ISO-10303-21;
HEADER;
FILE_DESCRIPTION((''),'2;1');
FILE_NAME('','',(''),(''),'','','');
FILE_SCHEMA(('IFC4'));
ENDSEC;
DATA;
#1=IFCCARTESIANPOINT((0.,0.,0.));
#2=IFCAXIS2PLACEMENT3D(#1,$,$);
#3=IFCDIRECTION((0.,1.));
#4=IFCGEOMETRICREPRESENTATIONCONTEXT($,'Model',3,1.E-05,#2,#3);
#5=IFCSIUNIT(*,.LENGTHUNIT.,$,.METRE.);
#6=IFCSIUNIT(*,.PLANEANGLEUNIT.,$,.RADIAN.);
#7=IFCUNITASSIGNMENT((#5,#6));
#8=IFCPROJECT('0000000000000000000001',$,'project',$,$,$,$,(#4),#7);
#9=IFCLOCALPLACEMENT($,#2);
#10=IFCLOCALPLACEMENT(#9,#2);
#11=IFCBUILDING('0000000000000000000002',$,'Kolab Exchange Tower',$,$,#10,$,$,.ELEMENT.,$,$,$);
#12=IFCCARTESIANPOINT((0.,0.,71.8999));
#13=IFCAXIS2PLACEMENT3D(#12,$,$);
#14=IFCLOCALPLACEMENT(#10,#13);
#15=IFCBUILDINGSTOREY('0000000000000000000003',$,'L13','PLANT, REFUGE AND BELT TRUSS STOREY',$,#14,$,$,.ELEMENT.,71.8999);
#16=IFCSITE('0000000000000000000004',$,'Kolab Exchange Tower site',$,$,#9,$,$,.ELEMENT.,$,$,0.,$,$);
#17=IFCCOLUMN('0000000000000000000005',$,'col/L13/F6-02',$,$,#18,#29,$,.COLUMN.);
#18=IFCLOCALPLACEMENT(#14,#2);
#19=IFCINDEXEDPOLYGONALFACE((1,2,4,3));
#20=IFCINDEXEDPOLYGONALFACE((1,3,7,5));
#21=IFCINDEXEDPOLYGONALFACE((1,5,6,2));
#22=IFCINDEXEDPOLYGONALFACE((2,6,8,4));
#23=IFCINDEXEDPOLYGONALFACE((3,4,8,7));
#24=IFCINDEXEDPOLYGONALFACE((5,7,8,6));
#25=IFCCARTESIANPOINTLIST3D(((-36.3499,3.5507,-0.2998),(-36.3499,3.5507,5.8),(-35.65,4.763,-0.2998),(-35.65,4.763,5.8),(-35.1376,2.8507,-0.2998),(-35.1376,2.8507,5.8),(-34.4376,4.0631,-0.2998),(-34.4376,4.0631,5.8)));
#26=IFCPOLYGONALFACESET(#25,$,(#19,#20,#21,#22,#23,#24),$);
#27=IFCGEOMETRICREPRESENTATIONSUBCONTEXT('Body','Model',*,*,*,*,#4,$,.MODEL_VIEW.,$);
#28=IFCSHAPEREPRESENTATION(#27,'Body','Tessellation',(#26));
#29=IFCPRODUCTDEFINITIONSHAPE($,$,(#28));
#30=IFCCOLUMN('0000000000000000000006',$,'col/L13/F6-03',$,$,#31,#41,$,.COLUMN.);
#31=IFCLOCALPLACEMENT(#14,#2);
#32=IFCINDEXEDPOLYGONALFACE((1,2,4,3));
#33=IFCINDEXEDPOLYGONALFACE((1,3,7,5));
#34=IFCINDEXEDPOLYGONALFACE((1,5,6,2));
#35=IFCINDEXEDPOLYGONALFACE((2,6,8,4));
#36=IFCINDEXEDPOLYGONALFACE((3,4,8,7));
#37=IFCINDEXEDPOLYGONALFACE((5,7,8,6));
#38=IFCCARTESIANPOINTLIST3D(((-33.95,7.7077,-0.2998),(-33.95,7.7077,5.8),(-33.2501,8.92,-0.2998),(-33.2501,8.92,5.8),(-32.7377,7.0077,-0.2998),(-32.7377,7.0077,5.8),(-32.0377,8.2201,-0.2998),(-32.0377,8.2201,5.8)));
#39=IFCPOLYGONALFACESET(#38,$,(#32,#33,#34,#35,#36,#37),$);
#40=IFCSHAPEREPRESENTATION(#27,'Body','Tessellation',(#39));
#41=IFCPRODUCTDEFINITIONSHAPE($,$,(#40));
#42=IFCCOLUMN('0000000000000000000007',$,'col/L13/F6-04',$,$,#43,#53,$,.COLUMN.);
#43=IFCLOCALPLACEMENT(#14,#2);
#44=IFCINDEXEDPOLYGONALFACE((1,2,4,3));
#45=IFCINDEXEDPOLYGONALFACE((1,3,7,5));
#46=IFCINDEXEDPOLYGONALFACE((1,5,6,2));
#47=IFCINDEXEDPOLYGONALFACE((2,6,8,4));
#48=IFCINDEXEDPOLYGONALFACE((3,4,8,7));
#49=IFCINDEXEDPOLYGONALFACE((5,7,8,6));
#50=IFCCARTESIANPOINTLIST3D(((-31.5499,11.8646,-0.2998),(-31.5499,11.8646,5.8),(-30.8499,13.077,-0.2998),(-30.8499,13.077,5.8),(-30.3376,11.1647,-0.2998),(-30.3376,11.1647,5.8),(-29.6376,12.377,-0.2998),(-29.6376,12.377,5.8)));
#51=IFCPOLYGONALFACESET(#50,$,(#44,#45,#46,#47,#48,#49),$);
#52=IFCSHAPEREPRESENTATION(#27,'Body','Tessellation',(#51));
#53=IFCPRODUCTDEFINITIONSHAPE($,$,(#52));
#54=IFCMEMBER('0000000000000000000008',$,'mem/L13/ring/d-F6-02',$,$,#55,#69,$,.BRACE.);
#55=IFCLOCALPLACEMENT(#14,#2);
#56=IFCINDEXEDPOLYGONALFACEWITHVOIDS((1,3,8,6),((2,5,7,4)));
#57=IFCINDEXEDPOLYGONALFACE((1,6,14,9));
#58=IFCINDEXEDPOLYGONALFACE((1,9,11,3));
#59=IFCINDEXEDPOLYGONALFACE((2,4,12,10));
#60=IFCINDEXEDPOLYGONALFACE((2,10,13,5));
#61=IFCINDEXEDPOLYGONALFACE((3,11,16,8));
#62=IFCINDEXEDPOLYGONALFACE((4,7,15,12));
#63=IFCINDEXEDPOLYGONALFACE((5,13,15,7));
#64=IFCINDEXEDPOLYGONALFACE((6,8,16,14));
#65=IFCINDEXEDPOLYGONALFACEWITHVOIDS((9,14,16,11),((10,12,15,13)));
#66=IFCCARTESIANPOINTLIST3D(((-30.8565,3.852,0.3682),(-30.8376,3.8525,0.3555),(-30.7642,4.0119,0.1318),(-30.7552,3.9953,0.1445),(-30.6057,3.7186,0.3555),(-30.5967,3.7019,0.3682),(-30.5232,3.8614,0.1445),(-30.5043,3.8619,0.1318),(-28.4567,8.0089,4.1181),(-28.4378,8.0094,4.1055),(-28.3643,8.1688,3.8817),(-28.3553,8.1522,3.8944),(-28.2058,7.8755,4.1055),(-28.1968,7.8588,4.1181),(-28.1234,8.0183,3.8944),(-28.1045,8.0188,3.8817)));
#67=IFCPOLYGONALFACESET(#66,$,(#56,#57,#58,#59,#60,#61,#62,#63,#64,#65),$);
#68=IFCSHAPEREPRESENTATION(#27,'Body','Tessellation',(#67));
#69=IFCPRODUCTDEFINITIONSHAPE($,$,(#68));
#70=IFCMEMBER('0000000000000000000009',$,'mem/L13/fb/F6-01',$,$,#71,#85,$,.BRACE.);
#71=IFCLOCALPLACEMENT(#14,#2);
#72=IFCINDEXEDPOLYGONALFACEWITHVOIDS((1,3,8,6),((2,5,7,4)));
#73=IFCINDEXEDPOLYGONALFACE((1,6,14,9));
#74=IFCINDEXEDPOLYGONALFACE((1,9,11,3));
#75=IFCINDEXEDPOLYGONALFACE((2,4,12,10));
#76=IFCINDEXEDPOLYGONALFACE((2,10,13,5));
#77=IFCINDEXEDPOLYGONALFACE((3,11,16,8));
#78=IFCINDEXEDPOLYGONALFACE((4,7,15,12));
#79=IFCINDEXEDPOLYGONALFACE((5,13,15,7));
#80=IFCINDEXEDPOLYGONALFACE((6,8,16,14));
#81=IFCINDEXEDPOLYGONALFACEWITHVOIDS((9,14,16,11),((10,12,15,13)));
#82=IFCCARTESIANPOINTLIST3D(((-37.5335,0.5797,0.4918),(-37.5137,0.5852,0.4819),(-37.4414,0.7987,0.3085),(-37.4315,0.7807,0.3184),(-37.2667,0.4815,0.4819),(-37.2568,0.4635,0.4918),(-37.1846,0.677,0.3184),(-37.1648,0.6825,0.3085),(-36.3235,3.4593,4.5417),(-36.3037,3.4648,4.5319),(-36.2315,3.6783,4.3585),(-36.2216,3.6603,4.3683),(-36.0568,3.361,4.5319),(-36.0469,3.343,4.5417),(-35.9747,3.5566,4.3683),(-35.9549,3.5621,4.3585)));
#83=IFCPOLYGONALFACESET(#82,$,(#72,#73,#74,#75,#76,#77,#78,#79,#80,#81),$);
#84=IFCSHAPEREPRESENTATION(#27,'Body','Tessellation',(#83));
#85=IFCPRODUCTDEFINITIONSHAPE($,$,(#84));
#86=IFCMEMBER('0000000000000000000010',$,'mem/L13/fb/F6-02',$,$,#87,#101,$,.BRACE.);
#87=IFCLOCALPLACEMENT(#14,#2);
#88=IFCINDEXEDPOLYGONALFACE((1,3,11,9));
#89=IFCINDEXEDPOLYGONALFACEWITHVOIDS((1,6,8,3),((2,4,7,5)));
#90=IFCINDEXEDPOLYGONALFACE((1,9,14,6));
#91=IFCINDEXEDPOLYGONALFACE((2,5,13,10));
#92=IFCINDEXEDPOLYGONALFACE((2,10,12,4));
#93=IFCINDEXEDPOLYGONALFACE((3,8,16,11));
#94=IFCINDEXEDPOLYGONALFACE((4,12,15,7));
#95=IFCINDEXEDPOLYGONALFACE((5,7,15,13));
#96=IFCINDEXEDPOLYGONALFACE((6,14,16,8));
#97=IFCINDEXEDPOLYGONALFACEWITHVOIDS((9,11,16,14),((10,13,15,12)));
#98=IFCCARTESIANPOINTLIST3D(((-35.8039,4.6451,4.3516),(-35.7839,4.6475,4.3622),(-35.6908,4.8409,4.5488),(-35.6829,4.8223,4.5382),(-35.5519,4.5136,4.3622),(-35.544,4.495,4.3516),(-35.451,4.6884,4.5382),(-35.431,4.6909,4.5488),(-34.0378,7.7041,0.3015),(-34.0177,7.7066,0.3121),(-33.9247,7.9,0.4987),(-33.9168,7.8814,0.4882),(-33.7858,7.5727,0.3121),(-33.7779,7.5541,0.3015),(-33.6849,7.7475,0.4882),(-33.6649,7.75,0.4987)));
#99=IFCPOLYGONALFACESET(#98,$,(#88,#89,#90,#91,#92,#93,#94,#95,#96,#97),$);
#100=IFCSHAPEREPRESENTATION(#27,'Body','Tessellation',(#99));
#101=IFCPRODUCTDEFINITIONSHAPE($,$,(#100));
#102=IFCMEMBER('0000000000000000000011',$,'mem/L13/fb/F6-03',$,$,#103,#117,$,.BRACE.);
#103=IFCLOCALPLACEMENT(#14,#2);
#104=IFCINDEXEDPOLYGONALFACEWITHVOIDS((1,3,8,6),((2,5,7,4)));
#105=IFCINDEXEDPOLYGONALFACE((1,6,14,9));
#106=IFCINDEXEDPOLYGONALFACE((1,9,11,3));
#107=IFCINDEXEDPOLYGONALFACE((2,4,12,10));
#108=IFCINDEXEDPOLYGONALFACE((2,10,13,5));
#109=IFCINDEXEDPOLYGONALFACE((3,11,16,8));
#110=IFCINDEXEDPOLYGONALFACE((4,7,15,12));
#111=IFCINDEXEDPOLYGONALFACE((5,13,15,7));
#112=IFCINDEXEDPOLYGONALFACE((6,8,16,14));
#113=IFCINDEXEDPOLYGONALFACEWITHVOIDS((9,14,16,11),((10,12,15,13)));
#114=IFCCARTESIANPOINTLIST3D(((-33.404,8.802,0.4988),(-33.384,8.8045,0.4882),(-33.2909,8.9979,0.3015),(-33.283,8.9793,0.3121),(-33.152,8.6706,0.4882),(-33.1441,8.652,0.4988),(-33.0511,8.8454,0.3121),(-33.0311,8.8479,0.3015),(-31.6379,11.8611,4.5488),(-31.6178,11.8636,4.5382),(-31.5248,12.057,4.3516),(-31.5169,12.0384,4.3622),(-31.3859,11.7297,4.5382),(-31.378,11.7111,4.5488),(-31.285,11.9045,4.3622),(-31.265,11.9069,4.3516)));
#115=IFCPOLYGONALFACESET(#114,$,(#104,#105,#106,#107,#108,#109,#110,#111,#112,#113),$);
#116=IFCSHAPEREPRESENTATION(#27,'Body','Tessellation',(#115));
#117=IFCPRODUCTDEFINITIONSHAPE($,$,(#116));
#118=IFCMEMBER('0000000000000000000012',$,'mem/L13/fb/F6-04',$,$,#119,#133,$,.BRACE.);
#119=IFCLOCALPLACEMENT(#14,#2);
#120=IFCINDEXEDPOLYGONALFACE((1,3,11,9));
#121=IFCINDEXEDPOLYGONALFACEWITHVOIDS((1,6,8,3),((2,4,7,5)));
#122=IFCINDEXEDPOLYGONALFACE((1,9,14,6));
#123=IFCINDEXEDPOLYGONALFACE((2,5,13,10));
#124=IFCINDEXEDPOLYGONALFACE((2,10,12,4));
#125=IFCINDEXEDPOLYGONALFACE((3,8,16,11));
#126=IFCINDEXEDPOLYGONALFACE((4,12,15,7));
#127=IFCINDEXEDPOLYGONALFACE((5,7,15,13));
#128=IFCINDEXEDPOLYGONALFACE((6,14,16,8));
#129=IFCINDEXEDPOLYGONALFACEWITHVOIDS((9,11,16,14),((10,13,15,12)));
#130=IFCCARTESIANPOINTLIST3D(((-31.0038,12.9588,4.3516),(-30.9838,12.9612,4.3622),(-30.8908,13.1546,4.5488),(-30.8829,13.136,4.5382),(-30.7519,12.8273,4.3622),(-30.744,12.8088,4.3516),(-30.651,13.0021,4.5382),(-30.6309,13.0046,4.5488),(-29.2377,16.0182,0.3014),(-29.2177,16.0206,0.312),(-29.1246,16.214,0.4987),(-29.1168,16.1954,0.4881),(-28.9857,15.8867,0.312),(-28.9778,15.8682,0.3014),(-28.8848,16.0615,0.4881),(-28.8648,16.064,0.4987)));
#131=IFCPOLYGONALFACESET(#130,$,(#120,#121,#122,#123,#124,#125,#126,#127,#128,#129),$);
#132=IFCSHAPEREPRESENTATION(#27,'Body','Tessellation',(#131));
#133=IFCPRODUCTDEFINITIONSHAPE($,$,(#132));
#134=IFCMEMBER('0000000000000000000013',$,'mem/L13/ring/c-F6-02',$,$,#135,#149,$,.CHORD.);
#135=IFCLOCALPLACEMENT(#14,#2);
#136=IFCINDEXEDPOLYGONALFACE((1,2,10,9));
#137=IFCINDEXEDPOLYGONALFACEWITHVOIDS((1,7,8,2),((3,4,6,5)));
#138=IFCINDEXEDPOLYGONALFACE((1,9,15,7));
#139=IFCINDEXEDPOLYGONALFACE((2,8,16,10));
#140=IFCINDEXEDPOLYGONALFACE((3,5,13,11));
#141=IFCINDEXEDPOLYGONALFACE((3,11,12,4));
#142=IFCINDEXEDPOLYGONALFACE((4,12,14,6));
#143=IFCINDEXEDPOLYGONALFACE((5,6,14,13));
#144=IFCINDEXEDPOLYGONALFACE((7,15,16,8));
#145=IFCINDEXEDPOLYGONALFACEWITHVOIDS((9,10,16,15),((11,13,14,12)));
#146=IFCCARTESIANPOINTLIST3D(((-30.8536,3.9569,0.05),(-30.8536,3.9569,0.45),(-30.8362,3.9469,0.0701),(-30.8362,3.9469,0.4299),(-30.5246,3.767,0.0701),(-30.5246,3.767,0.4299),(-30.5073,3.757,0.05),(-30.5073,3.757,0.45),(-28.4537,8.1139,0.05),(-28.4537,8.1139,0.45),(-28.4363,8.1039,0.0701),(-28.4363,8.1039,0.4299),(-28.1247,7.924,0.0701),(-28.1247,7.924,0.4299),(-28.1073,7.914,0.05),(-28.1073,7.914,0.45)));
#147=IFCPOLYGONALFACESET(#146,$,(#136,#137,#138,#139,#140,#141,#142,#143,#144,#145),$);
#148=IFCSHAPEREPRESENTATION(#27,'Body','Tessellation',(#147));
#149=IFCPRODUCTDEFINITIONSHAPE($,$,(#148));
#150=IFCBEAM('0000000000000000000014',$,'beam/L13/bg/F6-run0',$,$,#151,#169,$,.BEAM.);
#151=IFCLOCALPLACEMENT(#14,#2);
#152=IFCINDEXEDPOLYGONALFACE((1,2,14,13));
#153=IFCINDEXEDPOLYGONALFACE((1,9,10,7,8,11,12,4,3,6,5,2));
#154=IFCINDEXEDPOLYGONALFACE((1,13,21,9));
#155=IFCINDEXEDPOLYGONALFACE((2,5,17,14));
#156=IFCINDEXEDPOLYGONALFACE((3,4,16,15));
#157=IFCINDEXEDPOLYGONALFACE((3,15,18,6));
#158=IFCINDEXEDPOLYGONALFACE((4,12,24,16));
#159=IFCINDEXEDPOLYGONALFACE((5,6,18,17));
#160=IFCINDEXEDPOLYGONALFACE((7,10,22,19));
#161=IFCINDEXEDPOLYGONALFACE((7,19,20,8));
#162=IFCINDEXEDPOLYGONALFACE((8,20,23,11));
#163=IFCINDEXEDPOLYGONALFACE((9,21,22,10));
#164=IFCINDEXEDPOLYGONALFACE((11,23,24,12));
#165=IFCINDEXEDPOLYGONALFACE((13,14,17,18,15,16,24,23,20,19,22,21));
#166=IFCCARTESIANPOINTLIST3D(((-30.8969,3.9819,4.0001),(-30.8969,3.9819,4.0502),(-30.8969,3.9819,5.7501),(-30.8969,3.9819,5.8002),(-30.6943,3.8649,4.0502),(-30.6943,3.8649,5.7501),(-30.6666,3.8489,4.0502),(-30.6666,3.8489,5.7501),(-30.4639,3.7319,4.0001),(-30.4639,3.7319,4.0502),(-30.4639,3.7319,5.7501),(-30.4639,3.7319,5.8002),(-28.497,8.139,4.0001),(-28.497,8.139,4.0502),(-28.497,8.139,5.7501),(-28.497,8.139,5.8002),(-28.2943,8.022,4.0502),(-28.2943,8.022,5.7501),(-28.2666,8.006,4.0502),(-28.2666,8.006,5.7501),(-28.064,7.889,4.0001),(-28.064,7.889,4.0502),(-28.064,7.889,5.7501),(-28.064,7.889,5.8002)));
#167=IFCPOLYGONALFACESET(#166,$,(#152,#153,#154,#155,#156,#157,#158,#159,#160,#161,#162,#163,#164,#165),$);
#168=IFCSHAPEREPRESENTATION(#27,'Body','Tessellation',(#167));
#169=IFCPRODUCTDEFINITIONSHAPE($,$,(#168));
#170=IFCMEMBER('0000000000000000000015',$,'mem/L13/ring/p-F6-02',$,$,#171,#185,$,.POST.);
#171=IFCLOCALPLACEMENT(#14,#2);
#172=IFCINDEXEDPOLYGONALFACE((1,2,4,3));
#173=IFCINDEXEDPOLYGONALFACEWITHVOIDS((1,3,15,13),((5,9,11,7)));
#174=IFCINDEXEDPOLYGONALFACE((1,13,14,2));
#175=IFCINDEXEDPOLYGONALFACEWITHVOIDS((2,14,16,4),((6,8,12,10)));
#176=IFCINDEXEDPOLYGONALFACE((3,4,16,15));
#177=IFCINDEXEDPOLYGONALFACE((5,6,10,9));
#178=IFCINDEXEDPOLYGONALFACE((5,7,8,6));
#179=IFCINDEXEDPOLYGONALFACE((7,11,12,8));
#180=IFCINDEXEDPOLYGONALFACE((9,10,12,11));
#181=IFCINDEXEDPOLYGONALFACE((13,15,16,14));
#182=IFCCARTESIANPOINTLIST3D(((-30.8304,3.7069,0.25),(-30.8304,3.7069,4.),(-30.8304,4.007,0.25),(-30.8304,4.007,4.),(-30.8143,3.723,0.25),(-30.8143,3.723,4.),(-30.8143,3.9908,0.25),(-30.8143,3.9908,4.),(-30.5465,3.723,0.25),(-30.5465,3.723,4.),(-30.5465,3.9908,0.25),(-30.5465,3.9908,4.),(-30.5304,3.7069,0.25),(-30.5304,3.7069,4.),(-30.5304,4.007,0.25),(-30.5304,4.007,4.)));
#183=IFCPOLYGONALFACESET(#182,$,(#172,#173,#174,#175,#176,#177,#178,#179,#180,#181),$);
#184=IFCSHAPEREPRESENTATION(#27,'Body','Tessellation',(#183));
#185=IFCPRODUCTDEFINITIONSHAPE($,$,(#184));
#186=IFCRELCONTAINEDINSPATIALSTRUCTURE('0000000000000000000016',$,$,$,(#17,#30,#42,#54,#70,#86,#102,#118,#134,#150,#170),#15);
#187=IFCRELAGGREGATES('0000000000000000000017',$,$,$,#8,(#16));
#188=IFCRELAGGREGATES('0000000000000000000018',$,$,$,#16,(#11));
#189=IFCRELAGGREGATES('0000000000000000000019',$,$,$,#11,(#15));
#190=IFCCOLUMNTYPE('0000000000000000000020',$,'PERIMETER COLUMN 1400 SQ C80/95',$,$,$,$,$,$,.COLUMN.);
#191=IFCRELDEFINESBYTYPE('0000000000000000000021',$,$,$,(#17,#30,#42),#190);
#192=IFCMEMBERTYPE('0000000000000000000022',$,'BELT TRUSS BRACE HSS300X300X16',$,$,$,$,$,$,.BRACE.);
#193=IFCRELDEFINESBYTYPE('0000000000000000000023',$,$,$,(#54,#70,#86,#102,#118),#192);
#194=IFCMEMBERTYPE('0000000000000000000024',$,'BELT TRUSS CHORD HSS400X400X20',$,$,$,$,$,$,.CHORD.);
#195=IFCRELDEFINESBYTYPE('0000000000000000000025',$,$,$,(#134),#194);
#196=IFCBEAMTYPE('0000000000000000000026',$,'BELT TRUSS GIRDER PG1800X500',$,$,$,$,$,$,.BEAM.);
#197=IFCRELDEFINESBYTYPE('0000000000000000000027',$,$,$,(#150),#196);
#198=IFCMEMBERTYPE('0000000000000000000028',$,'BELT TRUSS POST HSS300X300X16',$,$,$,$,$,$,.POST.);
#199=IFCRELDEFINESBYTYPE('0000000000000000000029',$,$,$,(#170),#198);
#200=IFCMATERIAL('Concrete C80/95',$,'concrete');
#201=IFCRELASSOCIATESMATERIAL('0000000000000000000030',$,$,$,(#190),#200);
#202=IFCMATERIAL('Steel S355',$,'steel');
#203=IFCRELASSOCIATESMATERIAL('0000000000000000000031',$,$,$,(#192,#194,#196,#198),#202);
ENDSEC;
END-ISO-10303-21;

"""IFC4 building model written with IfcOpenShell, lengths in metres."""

from ifc_helpers import new_model, si_unit, direction, frame, origin, origin_2d, place, context, subcontext, project, spatial, rectangle, hollow_rectangle, i_section, extrude, material, material_profile, profile_set, type_object, element, save


model = new_model("IFC4")

# Units and contexts
model_context = context("Model", 3, precision=1e-05, world=origin(), true_north=direction((0.0, 1.0)))
body_context = subcontext(model_context, "Body", "Model", "MODEL_VIEW")
ifc_project = project(units=[si_unit("LENGTHUNIT", "METRE"), si_unit("PLANEANGLEUNIT", "RADIAN")], contexts=[model_context])

# Site, building, storey
site_placement = place(None, origin())
site = spatial("IfcSite", under=ifc_project, at=site_placement, Name="Kolab Exchange Tower site", CompositionType="ELEMENT", RefElevation=0.0)
building_placement = place(site_placement, origin())
building = spatial("IfcBuilding", under=site, at=building_placement, Name="Kolab Exchange Tower", CompositionType="ELEMENT")
storey_placement = place(building_placement, frame((0.0, 0.0, 71.8999)))
storey = spatial("IfcBuildingStorey", under=building, at=storey_placement, Name="L13", Description="PLANT, REFUGE AND BELT TRUSS STOREY", CompositionType="ELEMENT", Elevation=71.8999)

# Columns
ifc_material_1 = material(Name="Concrete C80/95", Category="concrete")
ifc_material_profile_1 = material_profile(ifc_material_1, rectangle(XDim=1.3999, YDim=1.3999, at=origin_2d()), Name="RC1400")
ifc_profile_set_1 = profile_set([ifc_material_profile_1], Name="Concrete C80/95")
column_type = type_object("IfcColumnType", Name="PERIMETER COLUMN 1400 SQ C80/95", PredefinedType="COLUMN", material=ifc_profile_set_1)
for number, where, z_axis, x_axis, name in (
    (1, (-35.3938, 3.8069, -0.2998), (0.0, 0.0, 1.0), (0.5, 0.866025, 0.0), "col/L13/F6-02"),
    (2, (-32.9939, 7.9639, -0.2998), (0.0, 0.0, 1.0), (0.5, 0.866025, 0.0), "col/L13/F6-03"),
    (3, (-30.5938, 12.1208, -0.2998), (0.0, 0.0, 1.0), (0.5, 0.866025, 0.0), "col/L13/F6-04"),
):
    element("IfcColumn", number, at=place(storey_placement, frame(where, z_axis=z_axis, x_axis=x_axis)), inside=storey, type_object=column_type, Name=name, PredefinedType="COLUMN", context=body_context, shape_type="SweptSolid", body=[
        extrude(rectangle(XDim=1.3999, YDim=1.3999, at=origin_2d()), origin(), (0.0, 0.0, 1.0), 6.0999),
    ])

# Members
ifc_material_2 = material(Name="Steel S355", Category="steel")
ifc_material_profile_2 = material_profile(ifc_material_2, hollow_rectangle(XDim=0.3, YDim=0.3, WallThickness=0.0161, at=origin_2d()), Name="HSS300X300X16")
ifc_profile_set_2 = profile_set([ifc_material_profile_2], Name="Steel S355")
member_type_1 = type_object("IfcMemberType", Name="BELT TRUSS BRACE HSS300X300X16", PredefinedType="BRACE", material=ifc_profile_set_2)
member_1_placement = place(storey_placement, frame((-30.6804, 3.8569, 0.25), z_axis=(0.393996, 0.682459, 0.615644), x_axis=(-0.866037, 0.499979, 0.0)))
element("IfcMember", 4, at=member_1_placement, inside=storey, type_object=member_type_1, Name="mem/L13/ring/d-F6-02", PredefinedType="BRACE", context=body_context, shape_type="SweptSolid", body=[
    extrude(hollow_rectangle(XDim=0.3, YDim=0.3, WallThickness=0.0161, at=origin_2d()), origin(), (0.0, 0.0, 1.0), 6.0911),
])
member_2_placement = place(storey_placement, frame((-37.3491, 0.6311, 0.4001), z_axis=(0.23657, 0.563022, 0.791859), x_axis=(-0.921923, 0.387372, 0.0)))
element("IfcMember", 5, at=member_2_placement, inside=storey, type_object=member_type_1, Name="mem/L13/fb/F6-01", PredefinedType="BRACE", context=body_context, shape_type="SweptSolid", body=[
    extrude(hollow_rectangle(XDim=0.3, YDim=0.3, WallThickness=0.0161, at=origin_2d()), origin(), (0.0, 0.0, 1.0), 5.1145),
])
for number, where, z_axis, x_axis, name in (
    (6, (-35.6174, 4.668, 4.4502), (0.328639, 0.569236, -0.753636), (-0.866031, 0.49999, 0.0), "mem/L13/fb/F6-02"),
    (7, (-33.2175, 8.825, 0.4001), (0.328639, 0.569236, 0.753636), (-0.866031, 0.49999, 0.0), "mem/L13/fb/F6-03"),
):
    element("IfcMember", number, at=place(storey_placement, frame(where, z_axis=z_axis, x_axis=x_axis)), inside=storey, type_object=member_type_1, Name=name, PredefinedType="BRACE", context=body_context, shape_type="SweptSolid", body=[
        extrude(hollow_rectangle(XDim=0.3, YDim=0.3, WallThickness=0.0161, at=origin_2d()), origin(), (0.0, 0.0, 1.0), 5.374),
    ])
member_3_placement = place(storey_placement, frame((-30.8174, 12.9817, 4.4502), z_axis=(0.328631, 0.569267, -0.753616), x_axis=(-0.866049, 0.49996, 0.0)))
element("IfcMember", 8, at=member_3_placement, inside=storey, type_object=member_type_1, Name="mem/L13/fb/F6-04", PredefinedType="BRACE", context=body_context, shape_type="SweptSolid", body=[
    extrude(hollow_rectangle(XDim=0.3, YDim=0.3, WallThickness=0.0161, at=origin_2d()), origin(), (0.0, 0.0, 1.0), 5.3743),
])
ifc_material_profile_3 = material_profile(ifc_material_2, hollow_rectangle(XDim=0.3999, YDim=0.3999, WallThickness=0.02, at=origin_2d()), Name="HSS400X400X20")
ifc_profile_set_3 = profile_set([ifc_material_profile_3], Name="Steel S355")
member_type_2 = type_object("IfcMemberType", Name="BELT TRUSS CHORD HSS400X400X20", PredefinedType="CHORD", material=ifc_profile_set_3)
member_4_placement = place(storey_placement, frame((-30.6804, 3.8569, 0.25), z_axis=(0.499979, 0.866037, 0.0), x_axis=(-0.866037, 0.499979, 0.0)))
element("IfcMember", 9, at=member_4_placement, inside=storey, type_object=member_type_2, Name="mem/L13/ring/c-F6-02", PredefinedType="CHORD", context=body_context, shape_type="SweptSolid", body=[
    extrude(hollow_rectangle(XDim=0.3999, YDim=0.3999, WallThickness=0.02, at=origin_2d()), origin(), (0.0, 0.0, 1.0), 4.8),
])

# Beam
ifc_material_profile_4 = material_profile(ifc_material_2, i_section(OverallWidth=0.5, OverallDepth=1.8, WebThickness=0.032, FlangeThickness=0.05, at=origin_2d()), Name="PG1800X500")
ifc_profile_set_4 = profile_set([ifc_material_profile_4], Name="Steel S355")
beam_type_1 = type_object("IfcBeamType", Name="BELT TRUSS GIRDER PG1800X500", PredefinedType="BEAM", material=ifc_profile_set_4)
beam_1_placement = place(storey_placement, frame((-30.6804, 3.8569, 4.9001), z_axis=(0.499979, 0.866037, 0.0), x_axis=(-0.866037, 0.499979, 0.0)))
element("IfcBeam", 10, at=beam_1_placement, inside=storey, type_object=beam_type_1, Name="beam/L13/bg/F6-run0", PredefinedType="BEAM", context=body_context, shape_type="SweptSolid", body=[
    extrude(i_section(OverallWidth=0.5, OverallDepth=1.8, WebThickness=0.032, FlangeThickness=0.05, at=origin_2d()), origin(), (0.0, 0.0, 1.0), 4.8),
])

# Member
ifc_material_profile_5 = material_profile(ifc_material_2, hollow_rectangle(XDim=0.3, YDim=0.3, WallThickness=0.0161, at=origin_2d()), Name="HSS300X300X16")
ifc_profile_set_5 = profile_set([ifc_material_profile_5], Name="Steel S355")
member_type_3 = type_object("IfcMemberType", Name="BELT TRUSS POST HSS300X300X16", PredefinedType="POST", material=ifc_profile_set_5)
member_5_placement = place(storey_placement, frame((-30.6804, 3.8569, 0.25), z_axis=(0.0, 0.0, 1.0), x_axis=(1.0, 0.0, 0.0)))
element("IfcMember", 11, at=member_5_placement, inside=storey, type_object=member_type_3, Name="mem/L13/ring/p-F6-02", PredefinedType="POST", context=body_context, shape_type="SweptSolid", body=[
    extrude(hollow_rectangle(XDim=0.3, YDim=0.3, WallThickness=0.0161, at=origin_2d()), origin(), (0.0, 0.0, 1.0), 3.75),
])

save(model, "model.ifc")
